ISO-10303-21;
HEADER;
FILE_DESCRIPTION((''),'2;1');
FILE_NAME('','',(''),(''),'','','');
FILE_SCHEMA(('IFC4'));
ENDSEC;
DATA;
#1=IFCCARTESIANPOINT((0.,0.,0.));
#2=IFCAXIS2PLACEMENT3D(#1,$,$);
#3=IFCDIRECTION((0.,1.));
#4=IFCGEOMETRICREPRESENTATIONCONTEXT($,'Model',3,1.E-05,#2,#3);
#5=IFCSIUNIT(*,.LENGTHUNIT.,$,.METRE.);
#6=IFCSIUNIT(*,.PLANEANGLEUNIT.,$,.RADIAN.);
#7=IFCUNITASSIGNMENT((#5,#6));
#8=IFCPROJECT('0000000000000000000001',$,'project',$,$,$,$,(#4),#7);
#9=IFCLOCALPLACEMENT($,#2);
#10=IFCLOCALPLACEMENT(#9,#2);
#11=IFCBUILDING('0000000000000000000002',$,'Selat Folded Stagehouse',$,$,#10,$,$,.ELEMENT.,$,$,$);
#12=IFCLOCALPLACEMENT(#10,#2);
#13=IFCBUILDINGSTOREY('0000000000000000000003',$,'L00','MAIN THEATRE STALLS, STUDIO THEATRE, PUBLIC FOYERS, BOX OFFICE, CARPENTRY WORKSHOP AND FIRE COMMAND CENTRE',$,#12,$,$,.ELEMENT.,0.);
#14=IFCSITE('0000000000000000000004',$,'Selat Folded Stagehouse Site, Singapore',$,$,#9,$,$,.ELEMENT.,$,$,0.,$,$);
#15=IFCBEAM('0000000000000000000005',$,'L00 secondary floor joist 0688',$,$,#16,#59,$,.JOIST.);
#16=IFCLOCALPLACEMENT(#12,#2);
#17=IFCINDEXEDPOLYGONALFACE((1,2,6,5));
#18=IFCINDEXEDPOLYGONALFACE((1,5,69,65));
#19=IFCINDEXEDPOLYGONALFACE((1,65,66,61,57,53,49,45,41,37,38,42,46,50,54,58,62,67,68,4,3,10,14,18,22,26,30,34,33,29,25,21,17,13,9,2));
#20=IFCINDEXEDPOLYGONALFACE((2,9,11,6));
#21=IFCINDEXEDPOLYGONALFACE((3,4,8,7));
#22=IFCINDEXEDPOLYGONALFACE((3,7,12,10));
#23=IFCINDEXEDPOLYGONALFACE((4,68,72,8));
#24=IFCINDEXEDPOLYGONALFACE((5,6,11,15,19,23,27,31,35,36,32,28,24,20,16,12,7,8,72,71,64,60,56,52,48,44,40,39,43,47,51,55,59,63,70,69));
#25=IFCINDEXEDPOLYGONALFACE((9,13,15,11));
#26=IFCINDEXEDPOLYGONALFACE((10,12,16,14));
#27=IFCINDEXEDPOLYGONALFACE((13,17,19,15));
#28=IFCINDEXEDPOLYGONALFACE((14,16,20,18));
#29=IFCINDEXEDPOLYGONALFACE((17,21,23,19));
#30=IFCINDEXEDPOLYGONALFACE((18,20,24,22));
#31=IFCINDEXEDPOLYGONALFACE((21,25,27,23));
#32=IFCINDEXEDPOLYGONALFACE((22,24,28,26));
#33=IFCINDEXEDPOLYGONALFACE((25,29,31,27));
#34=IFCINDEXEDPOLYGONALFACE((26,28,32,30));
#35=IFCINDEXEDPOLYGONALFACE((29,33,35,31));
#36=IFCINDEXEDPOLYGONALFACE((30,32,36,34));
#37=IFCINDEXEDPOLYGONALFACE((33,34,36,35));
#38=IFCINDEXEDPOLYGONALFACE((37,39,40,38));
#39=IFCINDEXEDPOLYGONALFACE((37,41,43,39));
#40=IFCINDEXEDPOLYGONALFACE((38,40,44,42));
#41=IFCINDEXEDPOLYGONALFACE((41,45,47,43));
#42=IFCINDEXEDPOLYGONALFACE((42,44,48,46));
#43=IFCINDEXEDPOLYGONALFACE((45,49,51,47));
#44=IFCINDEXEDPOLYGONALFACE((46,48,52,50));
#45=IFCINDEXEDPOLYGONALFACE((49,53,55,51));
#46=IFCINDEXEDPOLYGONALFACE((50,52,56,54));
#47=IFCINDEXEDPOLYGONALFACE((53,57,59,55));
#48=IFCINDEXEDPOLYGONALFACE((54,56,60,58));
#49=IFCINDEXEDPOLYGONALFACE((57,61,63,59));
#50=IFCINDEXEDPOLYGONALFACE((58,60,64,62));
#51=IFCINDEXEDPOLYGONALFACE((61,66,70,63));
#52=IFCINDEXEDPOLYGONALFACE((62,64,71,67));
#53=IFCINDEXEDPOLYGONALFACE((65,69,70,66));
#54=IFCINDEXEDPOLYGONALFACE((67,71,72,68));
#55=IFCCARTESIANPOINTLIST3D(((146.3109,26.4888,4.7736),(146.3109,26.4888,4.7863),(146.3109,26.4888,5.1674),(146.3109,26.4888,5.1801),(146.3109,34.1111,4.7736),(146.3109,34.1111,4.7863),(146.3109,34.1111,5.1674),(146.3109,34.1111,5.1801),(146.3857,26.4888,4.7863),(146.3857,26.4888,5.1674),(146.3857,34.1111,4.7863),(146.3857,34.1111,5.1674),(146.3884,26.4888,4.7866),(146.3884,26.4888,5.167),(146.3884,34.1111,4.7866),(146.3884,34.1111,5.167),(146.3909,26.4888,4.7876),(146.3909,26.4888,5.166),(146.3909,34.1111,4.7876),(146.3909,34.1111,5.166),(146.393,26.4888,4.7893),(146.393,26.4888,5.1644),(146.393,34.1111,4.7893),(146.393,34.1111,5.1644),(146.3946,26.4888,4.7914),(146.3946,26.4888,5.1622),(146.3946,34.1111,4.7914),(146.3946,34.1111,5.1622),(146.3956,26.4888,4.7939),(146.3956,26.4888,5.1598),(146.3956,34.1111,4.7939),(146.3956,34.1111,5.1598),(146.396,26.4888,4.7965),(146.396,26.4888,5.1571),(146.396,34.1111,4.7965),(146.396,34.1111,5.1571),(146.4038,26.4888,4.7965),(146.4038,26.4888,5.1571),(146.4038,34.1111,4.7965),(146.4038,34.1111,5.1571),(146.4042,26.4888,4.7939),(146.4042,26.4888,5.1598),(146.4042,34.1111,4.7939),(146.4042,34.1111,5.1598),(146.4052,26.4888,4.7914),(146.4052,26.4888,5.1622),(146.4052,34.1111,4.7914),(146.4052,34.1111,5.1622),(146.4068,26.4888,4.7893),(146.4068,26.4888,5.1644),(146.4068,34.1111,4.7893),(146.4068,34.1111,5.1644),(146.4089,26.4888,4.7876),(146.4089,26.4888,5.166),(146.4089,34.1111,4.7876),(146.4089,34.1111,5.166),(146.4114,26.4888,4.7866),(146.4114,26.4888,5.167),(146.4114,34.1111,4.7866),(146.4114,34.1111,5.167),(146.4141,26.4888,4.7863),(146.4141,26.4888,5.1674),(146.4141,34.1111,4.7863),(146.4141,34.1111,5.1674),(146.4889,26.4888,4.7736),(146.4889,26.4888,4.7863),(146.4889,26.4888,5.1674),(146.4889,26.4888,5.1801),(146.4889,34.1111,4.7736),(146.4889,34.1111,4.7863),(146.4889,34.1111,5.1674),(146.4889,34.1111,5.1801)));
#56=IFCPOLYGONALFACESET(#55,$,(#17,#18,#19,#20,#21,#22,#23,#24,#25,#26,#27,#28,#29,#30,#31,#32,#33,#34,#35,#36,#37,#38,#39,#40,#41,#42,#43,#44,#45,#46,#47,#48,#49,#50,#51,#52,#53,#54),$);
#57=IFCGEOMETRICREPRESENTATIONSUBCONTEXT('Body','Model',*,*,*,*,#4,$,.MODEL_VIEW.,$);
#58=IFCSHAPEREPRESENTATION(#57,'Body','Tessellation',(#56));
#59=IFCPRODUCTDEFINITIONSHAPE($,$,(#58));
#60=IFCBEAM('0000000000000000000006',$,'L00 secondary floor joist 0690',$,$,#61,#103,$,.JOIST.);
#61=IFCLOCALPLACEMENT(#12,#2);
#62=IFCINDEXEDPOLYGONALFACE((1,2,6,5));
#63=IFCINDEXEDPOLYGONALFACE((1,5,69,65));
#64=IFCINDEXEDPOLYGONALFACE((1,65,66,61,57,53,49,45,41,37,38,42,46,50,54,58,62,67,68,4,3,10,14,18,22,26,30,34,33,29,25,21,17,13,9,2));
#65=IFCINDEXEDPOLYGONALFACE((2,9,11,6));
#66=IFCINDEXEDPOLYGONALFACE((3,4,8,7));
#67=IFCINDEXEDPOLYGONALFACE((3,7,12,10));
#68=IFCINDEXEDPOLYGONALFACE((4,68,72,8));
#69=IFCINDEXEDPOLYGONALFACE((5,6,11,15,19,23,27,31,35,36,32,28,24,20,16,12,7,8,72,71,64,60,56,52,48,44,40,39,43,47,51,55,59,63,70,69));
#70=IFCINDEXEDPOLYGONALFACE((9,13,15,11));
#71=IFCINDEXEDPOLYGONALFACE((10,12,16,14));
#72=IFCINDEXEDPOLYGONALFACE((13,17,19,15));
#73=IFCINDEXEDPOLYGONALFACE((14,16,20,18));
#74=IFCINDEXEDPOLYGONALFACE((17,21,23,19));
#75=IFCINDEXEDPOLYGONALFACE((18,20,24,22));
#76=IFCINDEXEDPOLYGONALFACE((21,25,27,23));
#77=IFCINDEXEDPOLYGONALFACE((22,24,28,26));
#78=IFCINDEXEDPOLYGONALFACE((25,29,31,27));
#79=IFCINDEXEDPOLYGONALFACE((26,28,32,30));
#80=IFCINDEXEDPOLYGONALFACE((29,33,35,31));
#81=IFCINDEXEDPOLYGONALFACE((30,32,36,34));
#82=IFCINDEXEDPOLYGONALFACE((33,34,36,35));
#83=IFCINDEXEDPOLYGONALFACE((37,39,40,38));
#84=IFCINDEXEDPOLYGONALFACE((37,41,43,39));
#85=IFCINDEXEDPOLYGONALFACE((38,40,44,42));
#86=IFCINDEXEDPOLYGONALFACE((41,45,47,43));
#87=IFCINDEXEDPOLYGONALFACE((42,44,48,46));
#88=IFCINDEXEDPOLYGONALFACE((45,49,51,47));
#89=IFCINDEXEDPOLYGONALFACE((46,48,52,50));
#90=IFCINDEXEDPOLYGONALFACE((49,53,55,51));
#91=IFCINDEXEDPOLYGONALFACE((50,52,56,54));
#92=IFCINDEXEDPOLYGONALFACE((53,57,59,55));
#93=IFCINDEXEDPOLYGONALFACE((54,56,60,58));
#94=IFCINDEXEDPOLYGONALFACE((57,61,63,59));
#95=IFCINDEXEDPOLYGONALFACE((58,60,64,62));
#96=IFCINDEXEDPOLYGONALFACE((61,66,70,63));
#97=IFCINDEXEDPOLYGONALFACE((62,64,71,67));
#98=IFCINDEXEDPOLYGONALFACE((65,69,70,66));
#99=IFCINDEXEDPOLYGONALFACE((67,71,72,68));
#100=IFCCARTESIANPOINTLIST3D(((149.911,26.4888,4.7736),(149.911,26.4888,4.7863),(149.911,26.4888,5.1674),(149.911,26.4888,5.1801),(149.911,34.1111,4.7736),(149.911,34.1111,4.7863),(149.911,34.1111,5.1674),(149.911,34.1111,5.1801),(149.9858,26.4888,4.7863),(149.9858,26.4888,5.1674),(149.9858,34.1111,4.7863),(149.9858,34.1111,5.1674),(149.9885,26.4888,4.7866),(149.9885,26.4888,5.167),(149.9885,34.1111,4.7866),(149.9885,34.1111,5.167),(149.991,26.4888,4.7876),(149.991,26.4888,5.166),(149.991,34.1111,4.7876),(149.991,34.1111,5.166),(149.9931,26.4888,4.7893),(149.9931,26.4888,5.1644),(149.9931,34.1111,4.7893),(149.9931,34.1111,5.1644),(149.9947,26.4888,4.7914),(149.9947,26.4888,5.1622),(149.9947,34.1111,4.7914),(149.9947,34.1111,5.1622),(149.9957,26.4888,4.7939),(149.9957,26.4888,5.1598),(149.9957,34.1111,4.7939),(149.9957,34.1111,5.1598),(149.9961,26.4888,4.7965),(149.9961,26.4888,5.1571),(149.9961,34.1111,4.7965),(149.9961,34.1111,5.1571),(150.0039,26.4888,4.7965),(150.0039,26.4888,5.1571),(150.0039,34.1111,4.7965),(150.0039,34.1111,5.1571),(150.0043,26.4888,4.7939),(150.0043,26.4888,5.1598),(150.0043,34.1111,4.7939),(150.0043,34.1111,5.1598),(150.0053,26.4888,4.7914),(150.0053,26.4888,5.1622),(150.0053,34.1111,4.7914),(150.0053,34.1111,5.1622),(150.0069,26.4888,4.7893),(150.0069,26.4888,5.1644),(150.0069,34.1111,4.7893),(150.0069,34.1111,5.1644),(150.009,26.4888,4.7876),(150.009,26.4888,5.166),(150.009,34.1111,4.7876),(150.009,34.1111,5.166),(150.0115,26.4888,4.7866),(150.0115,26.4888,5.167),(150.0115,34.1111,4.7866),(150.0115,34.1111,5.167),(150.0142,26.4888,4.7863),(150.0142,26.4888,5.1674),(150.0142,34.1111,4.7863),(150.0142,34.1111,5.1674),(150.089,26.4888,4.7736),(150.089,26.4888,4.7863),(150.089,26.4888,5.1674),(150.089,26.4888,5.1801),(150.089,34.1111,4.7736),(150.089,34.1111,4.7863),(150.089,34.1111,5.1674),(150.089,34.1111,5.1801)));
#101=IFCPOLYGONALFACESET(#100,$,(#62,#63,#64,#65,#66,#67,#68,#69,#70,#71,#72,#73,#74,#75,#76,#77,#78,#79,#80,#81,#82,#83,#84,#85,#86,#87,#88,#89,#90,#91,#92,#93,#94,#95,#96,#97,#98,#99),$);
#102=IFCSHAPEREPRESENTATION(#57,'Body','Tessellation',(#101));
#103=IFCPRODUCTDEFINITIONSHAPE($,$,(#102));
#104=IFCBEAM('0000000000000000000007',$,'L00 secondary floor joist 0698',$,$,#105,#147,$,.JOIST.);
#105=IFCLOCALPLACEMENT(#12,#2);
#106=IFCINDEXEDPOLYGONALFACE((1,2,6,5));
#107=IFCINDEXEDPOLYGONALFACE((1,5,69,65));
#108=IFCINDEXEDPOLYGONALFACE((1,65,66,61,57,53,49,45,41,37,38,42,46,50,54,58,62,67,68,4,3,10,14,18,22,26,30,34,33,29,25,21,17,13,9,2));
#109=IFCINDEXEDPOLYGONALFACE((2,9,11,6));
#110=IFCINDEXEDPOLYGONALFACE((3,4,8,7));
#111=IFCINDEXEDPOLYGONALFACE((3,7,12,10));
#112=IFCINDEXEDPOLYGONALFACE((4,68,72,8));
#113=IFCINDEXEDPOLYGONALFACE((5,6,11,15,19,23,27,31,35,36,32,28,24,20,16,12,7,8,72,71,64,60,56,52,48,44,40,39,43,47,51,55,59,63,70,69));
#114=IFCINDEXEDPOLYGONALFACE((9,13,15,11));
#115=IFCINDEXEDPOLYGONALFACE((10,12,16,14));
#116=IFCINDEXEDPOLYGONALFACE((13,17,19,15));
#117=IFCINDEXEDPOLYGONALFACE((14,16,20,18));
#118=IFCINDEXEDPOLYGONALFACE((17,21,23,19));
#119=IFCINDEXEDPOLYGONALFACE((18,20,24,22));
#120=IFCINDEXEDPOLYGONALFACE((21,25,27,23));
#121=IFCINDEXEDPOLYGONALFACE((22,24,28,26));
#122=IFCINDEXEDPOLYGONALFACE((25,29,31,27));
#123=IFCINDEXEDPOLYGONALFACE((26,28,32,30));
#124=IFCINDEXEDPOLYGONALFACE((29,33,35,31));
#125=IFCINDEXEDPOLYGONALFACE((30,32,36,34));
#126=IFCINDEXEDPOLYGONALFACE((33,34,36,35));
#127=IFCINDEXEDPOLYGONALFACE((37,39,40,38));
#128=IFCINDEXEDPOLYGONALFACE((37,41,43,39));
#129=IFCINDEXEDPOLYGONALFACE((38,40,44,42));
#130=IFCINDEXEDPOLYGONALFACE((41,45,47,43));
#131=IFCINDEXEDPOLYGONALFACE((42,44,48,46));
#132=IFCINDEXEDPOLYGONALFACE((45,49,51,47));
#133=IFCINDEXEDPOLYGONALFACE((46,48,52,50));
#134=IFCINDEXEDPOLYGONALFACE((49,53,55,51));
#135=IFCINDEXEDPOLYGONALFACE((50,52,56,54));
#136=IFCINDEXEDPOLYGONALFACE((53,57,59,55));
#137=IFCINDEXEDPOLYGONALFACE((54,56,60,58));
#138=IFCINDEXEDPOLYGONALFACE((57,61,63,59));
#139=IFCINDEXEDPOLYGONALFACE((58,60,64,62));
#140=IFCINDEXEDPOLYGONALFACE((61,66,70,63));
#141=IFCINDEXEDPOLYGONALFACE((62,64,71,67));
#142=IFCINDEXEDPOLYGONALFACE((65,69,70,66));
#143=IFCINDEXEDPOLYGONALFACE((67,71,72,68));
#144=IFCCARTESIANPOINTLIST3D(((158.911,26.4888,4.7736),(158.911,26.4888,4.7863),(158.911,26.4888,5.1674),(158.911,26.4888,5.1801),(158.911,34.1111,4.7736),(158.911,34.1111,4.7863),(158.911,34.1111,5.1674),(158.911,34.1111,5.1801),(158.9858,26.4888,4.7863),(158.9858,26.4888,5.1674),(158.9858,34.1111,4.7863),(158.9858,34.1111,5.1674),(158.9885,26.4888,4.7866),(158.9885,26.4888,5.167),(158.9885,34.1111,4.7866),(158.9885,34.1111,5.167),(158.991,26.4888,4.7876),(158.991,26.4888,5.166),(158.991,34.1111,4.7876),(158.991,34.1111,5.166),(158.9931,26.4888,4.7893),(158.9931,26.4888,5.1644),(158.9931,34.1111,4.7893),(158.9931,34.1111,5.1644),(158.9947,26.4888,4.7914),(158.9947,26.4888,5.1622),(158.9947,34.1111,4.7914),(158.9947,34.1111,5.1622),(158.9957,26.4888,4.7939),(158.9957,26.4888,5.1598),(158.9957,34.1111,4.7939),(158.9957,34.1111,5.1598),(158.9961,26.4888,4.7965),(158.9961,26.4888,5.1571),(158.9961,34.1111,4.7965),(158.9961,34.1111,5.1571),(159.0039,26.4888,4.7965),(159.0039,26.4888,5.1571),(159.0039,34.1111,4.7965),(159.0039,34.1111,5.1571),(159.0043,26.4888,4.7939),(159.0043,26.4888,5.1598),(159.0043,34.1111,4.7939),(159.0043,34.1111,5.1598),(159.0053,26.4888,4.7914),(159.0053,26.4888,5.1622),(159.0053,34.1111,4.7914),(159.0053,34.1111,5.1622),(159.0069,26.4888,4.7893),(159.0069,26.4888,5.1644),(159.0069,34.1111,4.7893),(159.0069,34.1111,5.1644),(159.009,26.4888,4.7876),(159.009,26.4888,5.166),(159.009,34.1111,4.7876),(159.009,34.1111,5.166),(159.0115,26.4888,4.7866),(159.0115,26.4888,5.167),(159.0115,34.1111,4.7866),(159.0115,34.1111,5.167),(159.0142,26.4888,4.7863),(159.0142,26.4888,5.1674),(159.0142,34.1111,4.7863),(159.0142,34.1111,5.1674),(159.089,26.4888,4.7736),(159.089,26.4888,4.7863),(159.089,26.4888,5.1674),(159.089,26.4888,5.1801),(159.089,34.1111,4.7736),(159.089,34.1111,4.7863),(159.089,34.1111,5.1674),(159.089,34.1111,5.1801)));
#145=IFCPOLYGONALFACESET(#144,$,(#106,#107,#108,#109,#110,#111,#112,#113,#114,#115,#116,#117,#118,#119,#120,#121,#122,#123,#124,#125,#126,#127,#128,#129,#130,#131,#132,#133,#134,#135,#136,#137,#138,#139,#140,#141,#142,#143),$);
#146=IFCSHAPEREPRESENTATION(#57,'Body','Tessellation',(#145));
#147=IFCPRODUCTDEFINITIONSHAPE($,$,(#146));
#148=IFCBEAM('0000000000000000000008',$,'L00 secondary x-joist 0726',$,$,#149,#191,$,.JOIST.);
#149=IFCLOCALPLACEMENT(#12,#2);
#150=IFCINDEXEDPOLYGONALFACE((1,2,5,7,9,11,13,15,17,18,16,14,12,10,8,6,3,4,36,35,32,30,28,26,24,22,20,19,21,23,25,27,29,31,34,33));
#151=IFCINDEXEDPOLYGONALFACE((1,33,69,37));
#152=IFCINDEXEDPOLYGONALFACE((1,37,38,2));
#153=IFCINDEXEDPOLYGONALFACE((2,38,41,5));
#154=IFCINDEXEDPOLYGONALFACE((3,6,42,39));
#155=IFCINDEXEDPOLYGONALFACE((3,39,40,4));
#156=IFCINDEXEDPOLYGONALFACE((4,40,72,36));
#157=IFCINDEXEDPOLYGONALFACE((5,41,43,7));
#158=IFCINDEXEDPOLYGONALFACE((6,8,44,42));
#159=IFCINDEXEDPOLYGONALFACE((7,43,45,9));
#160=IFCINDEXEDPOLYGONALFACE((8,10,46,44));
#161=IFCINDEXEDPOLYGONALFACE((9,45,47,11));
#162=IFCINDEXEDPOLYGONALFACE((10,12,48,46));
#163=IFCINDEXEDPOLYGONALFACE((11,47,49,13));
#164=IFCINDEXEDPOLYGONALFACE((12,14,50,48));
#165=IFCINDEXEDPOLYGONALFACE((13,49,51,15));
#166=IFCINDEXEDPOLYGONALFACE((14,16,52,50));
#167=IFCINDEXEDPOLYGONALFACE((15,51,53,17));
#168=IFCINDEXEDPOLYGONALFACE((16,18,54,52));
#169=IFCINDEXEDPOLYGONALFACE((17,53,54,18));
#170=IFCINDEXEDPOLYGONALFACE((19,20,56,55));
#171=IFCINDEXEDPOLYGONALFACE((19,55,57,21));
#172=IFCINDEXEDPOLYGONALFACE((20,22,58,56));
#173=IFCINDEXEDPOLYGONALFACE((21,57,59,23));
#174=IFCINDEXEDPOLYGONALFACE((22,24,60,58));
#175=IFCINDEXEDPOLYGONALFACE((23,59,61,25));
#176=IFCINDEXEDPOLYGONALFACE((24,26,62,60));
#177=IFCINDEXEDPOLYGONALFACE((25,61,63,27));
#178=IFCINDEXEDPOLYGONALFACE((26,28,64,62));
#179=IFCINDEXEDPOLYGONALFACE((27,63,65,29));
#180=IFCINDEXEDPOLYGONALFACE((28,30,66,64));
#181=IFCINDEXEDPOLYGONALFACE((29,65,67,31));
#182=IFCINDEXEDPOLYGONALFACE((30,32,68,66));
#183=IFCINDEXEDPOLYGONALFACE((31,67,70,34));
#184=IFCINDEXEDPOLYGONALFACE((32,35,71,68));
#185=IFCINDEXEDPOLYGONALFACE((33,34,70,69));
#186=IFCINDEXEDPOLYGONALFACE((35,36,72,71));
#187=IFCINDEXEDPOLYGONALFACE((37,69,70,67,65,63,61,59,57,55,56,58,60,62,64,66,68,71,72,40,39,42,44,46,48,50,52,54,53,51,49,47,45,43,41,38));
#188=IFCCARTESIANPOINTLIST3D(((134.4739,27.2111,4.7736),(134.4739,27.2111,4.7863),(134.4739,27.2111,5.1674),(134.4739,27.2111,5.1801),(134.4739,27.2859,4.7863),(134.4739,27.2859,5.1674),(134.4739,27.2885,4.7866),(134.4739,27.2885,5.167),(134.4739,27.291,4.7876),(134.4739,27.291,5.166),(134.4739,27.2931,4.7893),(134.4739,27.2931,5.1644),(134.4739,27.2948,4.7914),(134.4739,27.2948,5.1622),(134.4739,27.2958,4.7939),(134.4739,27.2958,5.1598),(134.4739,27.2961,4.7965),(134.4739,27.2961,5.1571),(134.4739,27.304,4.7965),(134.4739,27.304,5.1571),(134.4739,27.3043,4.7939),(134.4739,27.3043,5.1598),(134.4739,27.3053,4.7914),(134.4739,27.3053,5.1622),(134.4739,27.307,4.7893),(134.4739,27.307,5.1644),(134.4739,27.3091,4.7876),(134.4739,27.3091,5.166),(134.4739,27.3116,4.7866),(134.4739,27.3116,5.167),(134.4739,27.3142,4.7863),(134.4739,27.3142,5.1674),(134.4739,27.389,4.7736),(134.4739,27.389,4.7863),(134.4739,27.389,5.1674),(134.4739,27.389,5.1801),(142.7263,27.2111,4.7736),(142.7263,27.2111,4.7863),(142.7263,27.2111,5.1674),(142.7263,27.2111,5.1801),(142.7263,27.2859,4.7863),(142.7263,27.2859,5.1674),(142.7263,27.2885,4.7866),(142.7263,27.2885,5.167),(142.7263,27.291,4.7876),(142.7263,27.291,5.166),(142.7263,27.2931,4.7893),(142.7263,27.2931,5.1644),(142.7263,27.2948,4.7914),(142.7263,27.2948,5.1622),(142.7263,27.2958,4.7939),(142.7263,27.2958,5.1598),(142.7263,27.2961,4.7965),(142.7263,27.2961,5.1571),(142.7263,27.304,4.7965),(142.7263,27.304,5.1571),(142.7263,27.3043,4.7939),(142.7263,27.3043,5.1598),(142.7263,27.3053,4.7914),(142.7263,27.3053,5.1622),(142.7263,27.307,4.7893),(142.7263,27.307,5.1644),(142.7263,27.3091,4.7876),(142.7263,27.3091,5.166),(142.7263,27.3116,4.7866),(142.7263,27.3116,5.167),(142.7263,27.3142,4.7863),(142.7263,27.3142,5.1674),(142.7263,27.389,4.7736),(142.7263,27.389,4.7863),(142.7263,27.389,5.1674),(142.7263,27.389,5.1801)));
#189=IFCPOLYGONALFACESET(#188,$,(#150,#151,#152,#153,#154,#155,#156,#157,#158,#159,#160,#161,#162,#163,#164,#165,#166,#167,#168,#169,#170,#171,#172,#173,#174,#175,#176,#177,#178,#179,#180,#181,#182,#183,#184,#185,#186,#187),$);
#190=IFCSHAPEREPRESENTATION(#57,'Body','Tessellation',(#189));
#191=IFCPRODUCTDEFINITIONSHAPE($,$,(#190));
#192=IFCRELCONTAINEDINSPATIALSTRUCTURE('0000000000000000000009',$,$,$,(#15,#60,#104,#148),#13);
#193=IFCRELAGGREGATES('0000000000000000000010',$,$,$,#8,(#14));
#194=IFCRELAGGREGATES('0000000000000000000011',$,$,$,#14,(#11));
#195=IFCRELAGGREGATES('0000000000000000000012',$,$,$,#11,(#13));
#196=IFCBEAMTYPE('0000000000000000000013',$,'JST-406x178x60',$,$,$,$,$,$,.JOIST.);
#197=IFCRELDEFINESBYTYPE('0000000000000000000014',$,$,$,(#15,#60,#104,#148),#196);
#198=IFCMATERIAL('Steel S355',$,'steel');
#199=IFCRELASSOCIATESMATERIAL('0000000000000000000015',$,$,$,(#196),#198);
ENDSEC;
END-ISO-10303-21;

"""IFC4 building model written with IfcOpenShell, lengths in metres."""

from ifc_helpers import new_model, si_unit, direction, frame, origin, origin_2d, place, context, subcontext, project, spatial, i_section, extrude, material, material_profile, profile_set, type_object, element, save


model = new_model("IFC4")

# Units and contexts
model_context = context("Model", 3, precision=1e-05, world=origin(), true_north=direction((0.0, 1.0)))
body_context = subcontext(model_context, "Body", "Model", "MODEL_VIEW")
ifc_project = project(units=[si_unit("LENGTHUNIT", "METRE"), si_unit("PLANEANGLEUNIT", "RADIAN")], contexts=[model_context])

# Site, building, storey
site_placement = place(None, origin())
site = spatial("IfcSite", under=ifc_project, at=site_placement, Name="Selat Folded Stagehouse Site, Singapore", CompositionType="ELEMENT", RefElevation=0.0)
building_placement = place(site_placement, origin())
building = spatial("IfcBuilding", under=site, at=building_placement, Name="Selat Folded Stagehouse", CompositionType="ELEMENT")
storey_placement = place(building_placement, origin())
storey = spatial("IfcBuildingStorey", under=building, at=storey_placement, Name="L00", Description="MAIN THEATRE STALLS, STUDIO THEATRE, PUBLIC FOYERS, BOX OFFICE, CARPENTRY WORKSHOP AND FIRE COMMAND CENTRE", CompositionType="ELEMENT", Elevation=0.0)

# Shared definitions
ifc_material_1 = material(Name="Steel S355", Category="steel")

# Beams
ifc_material_profile_1 = material_profile(ifc_material_1, i_section(OverallWidth=0.178, OverallDepth=0.4065, WebThickness=0.0078, FlangeThickness=0.0127, FilletRadius=0.0103, at=origin_2d()), Name="UKB 406x178x60")
ifc_profile_set_1 = profile_set([ifc_material_profile_1], Name="Steel S355")
beam_type_1 = type_object("IfcBeamType", Name="JST-406x178x60", PredefinedType="JOIST", material=ifc_profile_set_1)
for number, where, z_axis, x_axis, name in (
    (1, (146.3999, 26.4888, 4.9768), (0.0, 1.0, 0.0), (-1.0, 0.0, 0.0), "L00 secondary floor joist 0688"),
    (2, (150.0, 26.4888, 4.9768), (0.0, 1.0, 0.0), (-1.0, 0.0, 0.0), "L00 secondary floor joist 0690"),
    (3, (159.0, 26.4888, 4.9768), (0.0, 1.0, 0.0), (-1.0, 0.0, 0.0), "L00 secondary floor joist 0698"),
):
    element("IfcBeam", number, at=place(storey_placement, frame(where, z_axis=z_axis, x_axis=x_axis)), inside=storey, type_object=beam_type_1, Name=name, PredefinedType="JOIST", context=body_context, shape_type="SweptSolid", body=[
        extrude(i_section(OverallWidth=0.178, OverallDepth=0.4065, WebThickness=0.0078, FlangeThickness=0.0127, FilletRadius=0.0103, at=origin_2d()), origin(), (0.0, 0.0, 1.0), 7.6223),
    ])
beam_1_placement = place(storey_placement, frame((134.4739, 27.3, 4.9768), z_axis=(1.0, 0.0, 0.0), x_axis=(0.0, 1.0, 0.0)))
element("IfcBeam", 4, at=beam_1_placement, inside=storey, type_object=beam_type_1, Name="L00 secondary x-joist 0726", PredefinedType="JOIST", context=body_context, shape_type="SweptSolid", body=[
    extrude(i_section(OverallWidth=0.178, OverallDepth=0.4065, WebThickness=0.0078, FlangeThickness=0.0127, FilletRadius=0.0103, at=origin_2d()), origin(), (0.0, 0.0, 1.0), 8.2524),
])

save(model, "model.ifc")
